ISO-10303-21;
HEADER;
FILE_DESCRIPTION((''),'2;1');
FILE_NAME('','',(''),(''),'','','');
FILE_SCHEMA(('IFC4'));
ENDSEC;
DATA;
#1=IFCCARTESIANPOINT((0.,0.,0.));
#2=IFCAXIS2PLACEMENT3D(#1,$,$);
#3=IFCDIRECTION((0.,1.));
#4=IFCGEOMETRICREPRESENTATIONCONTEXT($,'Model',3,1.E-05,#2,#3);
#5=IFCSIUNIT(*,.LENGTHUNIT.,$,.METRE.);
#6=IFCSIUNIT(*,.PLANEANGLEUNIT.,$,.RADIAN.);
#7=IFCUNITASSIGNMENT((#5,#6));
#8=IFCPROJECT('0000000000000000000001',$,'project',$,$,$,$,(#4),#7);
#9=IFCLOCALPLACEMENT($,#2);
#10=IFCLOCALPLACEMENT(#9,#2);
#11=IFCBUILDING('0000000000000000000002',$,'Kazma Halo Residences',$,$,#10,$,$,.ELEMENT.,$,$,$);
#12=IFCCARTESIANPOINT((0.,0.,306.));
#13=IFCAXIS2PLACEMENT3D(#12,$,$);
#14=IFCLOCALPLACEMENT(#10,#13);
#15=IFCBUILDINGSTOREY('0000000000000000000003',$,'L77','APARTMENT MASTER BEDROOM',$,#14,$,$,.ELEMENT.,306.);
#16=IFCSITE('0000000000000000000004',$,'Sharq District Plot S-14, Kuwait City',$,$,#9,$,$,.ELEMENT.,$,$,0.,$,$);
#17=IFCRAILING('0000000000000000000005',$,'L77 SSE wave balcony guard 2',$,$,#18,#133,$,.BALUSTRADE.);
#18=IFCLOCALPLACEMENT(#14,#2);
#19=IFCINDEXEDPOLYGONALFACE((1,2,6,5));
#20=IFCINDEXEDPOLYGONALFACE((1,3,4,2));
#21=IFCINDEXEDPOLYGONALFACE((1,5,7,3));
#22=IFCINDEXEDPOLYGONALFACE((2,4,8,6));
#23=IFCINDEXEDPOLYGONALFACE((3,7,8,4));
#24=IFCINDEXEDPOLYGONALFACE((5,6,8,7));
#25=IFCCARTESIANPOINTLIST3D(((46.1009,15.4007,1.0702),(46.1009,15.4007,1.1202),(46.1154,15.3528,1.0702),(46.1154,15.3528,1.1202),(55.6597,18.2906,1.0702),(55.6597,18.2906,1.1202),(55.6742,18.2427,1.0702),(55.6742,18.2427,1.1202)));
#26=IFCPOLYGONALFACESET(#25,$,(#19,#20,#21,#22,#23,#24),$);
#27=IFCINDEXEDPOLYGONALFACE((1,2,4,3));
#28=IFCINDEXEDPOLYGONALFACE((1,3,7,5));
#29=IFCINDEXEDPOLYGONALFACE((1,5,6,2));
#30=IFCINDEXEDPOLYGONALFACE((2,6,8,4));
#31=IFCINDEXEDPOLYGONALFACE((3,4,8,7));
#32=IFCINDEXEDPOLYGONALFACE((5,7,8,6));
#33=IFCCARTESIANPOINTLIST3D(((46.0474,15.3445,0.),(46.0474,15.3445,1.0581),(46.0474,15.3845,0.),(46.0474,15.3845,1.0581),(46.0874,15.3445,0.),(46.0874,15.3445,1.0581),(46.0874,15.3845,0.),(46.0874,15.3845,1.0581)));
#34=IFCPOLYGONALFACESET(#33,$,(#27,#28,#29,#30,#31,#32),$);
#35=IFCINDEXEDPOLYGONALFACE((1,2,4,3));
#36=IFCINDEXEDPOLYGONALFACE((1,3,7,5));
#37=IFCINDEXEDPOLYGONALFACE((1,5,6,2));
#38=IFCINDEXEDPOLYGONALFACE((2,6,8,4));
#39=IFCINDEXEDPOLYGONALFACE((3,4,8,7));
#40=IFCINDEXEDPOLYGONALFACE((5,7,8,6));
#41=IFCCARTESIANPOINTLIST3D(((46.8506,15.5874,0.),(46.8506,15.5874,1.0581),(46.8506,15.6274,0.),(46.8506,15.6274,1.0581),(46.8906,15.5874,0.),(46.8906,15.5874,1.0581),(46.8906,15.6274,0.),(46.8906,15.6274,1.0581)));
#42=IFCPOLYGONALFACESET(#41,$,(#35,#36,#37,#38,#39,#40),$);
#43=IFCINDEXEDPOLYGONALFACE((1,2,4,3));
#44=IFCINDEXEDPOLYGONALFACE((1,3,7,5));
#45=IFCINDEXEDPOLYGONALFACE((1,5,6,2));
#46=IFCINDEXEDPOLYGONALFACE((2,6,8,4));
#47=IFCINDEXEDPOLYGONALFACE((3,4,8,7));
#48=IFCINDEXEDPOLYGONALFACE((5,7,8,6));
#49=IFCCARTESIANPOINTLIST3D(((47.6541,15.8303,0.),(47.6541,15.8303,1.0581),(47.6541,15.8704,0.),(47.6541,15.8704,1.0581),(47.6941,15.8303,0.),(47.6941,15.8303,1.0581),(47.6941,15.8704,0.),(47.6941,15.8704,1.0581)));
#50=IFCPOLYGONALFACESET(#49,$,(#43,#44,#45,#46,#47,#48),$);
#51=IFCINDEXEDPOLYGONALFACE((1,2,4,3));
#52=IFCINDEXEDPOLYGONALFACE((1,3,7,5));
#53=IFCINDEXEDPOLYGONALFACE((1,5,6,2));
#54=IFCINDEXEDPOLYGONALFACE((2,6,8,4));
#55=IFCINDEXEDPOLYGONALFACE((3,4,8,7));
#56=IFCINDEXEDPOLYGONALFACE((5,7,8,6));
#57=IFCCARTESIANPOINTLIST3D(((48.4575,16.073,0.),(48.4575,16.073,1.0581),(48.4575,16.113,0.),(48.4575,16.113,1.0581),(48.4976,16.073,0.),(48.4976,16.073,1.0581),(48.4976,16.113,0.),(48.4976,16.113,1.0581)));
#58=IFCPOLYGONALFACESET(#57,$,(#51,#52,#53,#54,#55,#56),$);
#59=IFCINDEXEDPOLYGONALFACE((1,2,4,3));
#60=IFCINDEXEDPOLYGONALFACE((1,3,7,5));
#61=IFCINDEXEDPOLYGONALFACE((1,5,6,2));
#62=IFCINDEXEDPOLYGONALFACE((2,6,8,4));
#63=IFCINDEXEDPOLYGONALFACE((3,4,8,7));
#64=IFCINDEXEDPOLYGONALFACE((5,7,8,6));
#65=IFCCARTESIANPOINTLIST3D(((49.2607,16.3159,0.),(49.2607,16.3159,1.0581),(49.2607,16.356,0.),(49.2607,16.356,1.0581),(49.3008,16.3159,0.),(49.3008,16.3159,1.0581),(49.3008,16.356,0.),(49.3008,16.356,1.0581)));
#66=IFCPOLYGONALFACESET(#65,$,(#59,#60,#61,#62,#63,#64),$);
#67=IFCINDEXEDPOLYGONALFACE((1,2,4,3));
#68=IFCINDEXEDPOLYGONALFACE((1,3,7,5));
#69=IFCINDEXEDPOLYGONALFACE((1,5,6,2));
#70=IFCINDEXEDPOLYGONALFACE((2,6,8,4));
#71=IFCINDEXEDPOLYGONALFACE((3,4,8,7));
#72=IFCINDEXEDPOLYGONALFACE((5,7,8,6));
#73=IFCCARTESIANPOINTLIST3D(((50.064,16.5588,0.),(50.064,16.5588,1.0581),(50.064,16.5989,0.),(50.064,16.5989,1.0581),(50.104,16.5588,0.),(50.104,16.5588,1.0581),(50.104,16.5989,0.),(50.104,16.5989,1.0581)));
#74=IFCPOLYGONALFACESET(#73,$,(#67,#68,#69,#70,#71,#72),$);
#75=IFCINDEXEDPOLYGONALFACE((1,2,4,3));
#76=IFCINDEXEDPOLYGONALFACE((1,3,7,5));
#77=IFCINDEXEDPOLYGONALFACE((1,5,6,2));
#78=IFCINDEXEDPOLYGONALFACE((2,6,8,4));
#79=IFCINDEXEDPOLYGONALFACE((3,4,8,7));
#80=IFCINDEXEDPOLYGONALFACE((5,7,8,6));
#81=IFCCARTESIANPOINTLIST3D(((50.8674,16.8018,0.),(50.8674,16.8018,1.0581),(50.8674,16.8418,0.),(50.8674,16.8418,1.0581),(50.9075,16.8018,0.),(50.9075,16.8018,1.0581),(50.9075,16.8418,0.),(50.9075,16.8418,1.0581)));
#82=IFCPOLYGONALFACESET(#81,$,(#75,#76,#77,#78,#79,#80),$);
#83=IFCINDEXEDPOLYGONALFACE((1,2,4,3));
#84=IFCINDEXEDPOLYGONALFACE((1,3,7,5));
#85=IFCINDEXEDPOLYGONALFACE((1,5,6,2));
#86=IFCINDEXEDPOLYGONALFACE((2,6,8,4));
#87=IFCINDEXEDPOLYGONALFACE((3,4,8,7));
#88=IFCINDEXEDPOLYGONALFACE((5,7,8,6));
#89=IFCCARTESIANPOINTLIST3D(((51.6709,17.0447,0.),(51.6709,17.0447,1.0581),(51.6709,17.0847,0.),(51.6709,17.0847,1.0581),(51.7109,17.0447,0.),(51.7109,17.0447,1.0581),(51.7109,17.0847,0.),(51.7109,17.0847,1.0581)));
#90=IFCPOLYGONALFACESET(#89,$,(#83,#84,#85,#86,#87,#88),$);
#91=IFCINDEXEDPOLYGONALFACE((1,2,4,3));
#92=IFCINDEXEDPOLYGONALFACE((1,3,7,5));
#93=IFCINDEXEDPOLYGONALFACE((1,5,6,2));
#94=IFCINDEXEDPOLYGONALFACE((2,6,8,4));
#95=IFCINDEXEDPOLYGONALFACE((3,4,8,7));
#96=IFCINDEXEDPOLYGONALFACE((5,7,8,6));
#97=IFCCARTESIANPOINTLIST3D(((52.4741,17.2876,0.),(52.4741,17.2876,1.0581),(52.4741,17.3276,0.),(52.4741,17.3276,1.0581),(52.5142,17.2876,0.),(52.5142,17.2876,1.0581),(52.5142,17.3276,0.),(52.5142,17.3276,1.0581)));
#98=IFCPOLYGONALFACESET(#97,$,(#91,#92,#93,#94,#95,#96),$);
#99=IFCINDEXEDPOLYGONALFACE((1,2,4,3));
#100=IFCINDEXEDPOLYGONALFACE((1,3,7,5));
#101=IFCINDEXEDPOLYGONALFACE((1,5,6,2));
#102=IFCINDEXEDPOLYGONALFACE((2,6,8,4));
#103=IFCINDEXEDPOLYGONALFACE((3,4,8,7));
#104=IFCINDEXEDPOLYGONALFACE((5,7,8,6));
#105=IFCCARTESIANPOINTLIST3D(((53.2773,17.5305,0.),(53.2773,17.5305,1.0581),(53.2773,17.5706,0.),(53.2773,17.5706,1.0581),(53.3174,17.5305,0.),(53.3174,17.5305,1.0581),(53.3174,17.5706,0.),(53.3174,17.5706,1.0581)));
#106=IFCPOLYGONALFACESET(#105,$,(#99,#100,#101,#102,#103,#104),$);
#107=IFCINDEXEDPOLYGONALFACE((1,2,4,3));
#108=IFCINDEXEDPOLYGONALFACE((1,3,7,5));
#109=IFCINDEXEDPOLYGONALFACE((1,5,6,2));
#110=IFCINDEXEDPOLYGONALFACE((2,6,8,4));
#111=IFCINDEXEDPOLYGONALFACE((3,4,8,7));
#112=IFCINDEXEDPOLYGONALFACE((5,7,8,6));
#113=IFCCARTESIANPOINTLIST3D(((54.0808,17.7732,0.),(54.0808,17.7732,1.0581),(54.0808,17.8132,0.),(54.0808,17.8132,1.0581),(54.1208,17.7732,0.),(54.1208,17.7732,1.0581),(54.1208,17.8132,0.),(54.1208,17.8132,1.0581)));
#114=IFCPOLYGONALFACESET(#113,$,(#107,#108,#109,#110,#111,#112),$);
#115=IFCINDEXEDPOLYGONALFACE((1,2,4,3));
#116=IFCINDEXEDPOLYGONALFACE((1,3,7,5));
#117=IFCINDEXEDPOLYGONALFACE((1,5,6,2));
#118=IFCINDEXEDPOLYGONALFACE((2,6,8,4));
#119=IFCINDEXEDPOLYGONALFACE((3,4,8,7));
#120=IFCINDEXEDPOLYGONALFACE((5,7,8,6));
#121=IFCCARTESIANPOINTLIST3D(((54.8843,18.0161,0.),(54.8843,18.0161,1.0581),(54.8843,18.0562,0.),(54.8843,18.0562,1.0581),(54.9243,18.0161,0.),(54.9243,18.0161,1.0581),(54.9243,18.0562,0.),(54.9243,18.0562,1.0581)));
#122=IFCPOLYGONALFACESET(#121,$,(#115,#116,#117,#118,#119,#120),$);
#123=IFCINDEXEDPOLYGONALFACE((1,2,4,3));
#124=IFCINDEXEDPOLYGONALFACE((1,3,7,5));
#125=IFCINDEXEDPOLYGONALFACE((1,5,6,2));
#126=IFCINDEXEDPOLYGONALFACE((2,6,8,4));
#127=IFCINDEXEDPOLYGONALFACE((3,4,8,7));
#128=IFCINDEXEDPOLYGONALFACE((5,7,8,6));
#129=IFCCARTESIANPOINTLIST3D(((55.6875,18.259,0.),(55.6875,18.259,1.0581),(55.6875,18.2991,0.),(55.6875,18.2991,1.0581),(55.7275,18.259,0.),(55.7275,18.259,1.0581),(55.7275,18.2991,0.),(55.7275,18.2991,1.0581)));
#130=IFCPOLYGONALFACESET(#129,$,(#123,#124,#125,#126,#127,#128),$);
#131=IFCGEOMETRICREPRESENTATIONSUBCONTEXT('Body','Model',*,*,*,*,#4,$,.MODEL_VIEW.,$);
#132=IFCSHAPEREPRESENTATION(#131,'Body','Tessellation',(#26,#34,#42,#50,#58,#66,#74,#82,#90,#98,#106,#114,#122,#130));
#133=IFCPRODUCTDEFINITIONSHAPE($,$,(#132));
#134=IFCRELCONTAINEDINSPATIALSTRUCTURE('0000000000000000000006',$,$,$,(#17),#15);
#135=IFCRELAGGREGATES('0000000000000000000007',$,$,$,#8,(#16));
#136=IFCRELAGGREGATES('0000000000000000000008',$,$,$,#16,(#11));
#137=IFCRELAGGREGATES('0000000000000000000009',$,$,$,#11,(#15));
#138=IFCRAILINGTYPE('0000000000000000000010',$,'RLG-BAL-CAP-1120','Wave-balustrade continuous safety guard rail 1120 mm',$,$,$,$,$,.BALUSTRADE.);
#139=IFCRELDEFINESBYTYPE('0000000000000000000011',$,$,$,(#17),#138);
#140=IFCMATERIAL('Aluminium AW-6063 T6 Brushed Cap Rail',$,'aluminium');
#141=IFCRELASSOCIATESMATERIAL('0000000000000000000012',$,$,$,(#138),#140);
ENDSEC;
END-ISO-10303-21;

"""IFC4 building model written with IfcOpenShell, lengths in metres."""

from ifc_helpers import new_model, si_unit, direction, frame, origin, origin_2d, place, context, subcontext, project, spatial, rectangle, extrude, material, type_object, element, save


model = new_model("IFC4")

# Units and contexts
model_context = context("Model", 3, precision=1e-05, world=origin(), true_north=direction((0.0, 1.0)))
body_context = subcontext(model_context, "Body", "Model", "MODEL_VIEW")
ifc_project = project(units=[si_unit("LENGTHUNIT", "METRE"), si_unit("PLANEANGLEUNIT", "RADIAN")], contexts=[model_context])

# Site, building, storey
site_placement = place(None, origin())
site = spatial("IfcSite", under=ifc_project, at=site_placement, Name="Sharq District Plot S-14, Kuwait City", CompositionType="ELEMENT", RefElevation=0.0)
building_placement = place(site_placement, origin())
building = spatial("IfcBuilding", under=site, at=building_placement, Name="Kazma Halo Residences", CompositionType="ELEMENT")
storey_placement = place(building_placement, frame((0.0, 0.0, 306.0)))
storey = spatial("IfcBuildingStorey", under=building, at=storey_placement, Name="L77", Description="APARTMENT MASTER BEDROOM", CompositionType="ELEMENT", Elevation=306.0)

# Railing
ifc_material_1 = material(Name="Aluminium AW-6063 T6 Brushed Cap Rail", Category="aluminium")
railing_type = type_object("IfcRailingType", Name="RLG-BAL-CAP-1120", Description="Wave-balustrade continuous safety guard rail 1120 mm", PredefinedType="BALUSTRADE", material=ifc_material_1)
railing_1_placement = place(storey_placement, frame((46.0674, 15.3645, 0.0)))
element("IfcRailing", 1, at=railing_1_placement, inside=storey, type_object=railing_type, Name="L77 SSE wave balcony guard 2", PredefinedType="BALUSTRADE", context=body_context, shape_type="SweptSolid", body=[
    extrude(rectangle(XDim=0.05, YDim=0.05, at=origin_2d()), frame((0.0408, 0.0122, 1.0952), z_axis=(0.957209, 0.289398, 0.0), x_axis=(-0.289398, 0.957209, 0.0)), (0.0, 0.0, 1.0), 9.9861),
    extrude(rectangle(XDim=0.04, YDim=0.04, at=origin_2d()), origin(), (0.0, 0.0, 1.0), 1.0581),
    extrude(rectangle(XDim=0.04, YDim=0.04, at=origin_2d()), frame((0.8032, 0.2429, 0.0)), (0.0, 0.0, 1.0), 1.0581),
    extrude(rectangle(XDim=0.04, YDim=0.04, at=origin_2d()), frame((1.6067, 0.4858, 0.0)), (0.0, 0.0, 1.0), 1.0581),
    extrude(rectangle(XDim=0.04, YDim=0.04, at=origin_2d()), frame((2.4102, 0.7285, 0.0)), (0.0, 0.0, 1.0), 1.0581),
    extrude(rectangle(XDim=0.04, YDim=0.04, at=origin_2d()), frame((3.2134, 0.9714, 0.0)), (0.0, 0.0, 1.0), 1.0581),
    extrude(rectangle(XDim=0.04, YDim=0.04, at=origin_2d()), frame((4.0166, 1.2144, 0.0)), (0.0, 0.0, 1.0), 1.0581),
    extrude(rectangle(XDim=0.04, YDim=0.04, at=origin_2d()), frame((4.8201, 1.4573, 0.0)), (0.0, 0.0, 1.0), 1.0581),
    extrude(rectangle(XDim=0.04, YDim=0.04, at=origin_2d()), frame((5.6235, 1.7002, 0.0)), (0.0, 0.0, 1.0), 1.0581),
    extrude(rectangle(XDim=0.04, YDim=0.04, at=origin_2d()), frame((6.4268, 1.9431, 0.0)), (0.0, 0.0, 1.0), 1.0581),
    extrude(rectangle(XDim=0.04, YDim=0.04, at=origin_2d()), frame((7.23, 2.186, 0.0)), (0.0, 0.0, 1.0), 1.0581),
    extrude(rectangle(XDim=0.04, YDim=0.04, at=origin_2d()), frame((8.0334, 2.4287, 0.0)), (0.0, 0.0, 1.0), 1.0581),
    extrude(rectangle(XDim=0.04, YDim=0.04, at=origin_2d()), frame((8.8369, 2.6716, 0.0)), (0.0, 0.0, 1.0), 1.0581),
    extrude(rectangle(XDim=0.04, YDim=0.04, at=origin_2d()), frame((9.6401, 2.9146, 0.0)), (0.0, 0.0, 1.0), 1.0581),
])

save(model, "model.ifc")
